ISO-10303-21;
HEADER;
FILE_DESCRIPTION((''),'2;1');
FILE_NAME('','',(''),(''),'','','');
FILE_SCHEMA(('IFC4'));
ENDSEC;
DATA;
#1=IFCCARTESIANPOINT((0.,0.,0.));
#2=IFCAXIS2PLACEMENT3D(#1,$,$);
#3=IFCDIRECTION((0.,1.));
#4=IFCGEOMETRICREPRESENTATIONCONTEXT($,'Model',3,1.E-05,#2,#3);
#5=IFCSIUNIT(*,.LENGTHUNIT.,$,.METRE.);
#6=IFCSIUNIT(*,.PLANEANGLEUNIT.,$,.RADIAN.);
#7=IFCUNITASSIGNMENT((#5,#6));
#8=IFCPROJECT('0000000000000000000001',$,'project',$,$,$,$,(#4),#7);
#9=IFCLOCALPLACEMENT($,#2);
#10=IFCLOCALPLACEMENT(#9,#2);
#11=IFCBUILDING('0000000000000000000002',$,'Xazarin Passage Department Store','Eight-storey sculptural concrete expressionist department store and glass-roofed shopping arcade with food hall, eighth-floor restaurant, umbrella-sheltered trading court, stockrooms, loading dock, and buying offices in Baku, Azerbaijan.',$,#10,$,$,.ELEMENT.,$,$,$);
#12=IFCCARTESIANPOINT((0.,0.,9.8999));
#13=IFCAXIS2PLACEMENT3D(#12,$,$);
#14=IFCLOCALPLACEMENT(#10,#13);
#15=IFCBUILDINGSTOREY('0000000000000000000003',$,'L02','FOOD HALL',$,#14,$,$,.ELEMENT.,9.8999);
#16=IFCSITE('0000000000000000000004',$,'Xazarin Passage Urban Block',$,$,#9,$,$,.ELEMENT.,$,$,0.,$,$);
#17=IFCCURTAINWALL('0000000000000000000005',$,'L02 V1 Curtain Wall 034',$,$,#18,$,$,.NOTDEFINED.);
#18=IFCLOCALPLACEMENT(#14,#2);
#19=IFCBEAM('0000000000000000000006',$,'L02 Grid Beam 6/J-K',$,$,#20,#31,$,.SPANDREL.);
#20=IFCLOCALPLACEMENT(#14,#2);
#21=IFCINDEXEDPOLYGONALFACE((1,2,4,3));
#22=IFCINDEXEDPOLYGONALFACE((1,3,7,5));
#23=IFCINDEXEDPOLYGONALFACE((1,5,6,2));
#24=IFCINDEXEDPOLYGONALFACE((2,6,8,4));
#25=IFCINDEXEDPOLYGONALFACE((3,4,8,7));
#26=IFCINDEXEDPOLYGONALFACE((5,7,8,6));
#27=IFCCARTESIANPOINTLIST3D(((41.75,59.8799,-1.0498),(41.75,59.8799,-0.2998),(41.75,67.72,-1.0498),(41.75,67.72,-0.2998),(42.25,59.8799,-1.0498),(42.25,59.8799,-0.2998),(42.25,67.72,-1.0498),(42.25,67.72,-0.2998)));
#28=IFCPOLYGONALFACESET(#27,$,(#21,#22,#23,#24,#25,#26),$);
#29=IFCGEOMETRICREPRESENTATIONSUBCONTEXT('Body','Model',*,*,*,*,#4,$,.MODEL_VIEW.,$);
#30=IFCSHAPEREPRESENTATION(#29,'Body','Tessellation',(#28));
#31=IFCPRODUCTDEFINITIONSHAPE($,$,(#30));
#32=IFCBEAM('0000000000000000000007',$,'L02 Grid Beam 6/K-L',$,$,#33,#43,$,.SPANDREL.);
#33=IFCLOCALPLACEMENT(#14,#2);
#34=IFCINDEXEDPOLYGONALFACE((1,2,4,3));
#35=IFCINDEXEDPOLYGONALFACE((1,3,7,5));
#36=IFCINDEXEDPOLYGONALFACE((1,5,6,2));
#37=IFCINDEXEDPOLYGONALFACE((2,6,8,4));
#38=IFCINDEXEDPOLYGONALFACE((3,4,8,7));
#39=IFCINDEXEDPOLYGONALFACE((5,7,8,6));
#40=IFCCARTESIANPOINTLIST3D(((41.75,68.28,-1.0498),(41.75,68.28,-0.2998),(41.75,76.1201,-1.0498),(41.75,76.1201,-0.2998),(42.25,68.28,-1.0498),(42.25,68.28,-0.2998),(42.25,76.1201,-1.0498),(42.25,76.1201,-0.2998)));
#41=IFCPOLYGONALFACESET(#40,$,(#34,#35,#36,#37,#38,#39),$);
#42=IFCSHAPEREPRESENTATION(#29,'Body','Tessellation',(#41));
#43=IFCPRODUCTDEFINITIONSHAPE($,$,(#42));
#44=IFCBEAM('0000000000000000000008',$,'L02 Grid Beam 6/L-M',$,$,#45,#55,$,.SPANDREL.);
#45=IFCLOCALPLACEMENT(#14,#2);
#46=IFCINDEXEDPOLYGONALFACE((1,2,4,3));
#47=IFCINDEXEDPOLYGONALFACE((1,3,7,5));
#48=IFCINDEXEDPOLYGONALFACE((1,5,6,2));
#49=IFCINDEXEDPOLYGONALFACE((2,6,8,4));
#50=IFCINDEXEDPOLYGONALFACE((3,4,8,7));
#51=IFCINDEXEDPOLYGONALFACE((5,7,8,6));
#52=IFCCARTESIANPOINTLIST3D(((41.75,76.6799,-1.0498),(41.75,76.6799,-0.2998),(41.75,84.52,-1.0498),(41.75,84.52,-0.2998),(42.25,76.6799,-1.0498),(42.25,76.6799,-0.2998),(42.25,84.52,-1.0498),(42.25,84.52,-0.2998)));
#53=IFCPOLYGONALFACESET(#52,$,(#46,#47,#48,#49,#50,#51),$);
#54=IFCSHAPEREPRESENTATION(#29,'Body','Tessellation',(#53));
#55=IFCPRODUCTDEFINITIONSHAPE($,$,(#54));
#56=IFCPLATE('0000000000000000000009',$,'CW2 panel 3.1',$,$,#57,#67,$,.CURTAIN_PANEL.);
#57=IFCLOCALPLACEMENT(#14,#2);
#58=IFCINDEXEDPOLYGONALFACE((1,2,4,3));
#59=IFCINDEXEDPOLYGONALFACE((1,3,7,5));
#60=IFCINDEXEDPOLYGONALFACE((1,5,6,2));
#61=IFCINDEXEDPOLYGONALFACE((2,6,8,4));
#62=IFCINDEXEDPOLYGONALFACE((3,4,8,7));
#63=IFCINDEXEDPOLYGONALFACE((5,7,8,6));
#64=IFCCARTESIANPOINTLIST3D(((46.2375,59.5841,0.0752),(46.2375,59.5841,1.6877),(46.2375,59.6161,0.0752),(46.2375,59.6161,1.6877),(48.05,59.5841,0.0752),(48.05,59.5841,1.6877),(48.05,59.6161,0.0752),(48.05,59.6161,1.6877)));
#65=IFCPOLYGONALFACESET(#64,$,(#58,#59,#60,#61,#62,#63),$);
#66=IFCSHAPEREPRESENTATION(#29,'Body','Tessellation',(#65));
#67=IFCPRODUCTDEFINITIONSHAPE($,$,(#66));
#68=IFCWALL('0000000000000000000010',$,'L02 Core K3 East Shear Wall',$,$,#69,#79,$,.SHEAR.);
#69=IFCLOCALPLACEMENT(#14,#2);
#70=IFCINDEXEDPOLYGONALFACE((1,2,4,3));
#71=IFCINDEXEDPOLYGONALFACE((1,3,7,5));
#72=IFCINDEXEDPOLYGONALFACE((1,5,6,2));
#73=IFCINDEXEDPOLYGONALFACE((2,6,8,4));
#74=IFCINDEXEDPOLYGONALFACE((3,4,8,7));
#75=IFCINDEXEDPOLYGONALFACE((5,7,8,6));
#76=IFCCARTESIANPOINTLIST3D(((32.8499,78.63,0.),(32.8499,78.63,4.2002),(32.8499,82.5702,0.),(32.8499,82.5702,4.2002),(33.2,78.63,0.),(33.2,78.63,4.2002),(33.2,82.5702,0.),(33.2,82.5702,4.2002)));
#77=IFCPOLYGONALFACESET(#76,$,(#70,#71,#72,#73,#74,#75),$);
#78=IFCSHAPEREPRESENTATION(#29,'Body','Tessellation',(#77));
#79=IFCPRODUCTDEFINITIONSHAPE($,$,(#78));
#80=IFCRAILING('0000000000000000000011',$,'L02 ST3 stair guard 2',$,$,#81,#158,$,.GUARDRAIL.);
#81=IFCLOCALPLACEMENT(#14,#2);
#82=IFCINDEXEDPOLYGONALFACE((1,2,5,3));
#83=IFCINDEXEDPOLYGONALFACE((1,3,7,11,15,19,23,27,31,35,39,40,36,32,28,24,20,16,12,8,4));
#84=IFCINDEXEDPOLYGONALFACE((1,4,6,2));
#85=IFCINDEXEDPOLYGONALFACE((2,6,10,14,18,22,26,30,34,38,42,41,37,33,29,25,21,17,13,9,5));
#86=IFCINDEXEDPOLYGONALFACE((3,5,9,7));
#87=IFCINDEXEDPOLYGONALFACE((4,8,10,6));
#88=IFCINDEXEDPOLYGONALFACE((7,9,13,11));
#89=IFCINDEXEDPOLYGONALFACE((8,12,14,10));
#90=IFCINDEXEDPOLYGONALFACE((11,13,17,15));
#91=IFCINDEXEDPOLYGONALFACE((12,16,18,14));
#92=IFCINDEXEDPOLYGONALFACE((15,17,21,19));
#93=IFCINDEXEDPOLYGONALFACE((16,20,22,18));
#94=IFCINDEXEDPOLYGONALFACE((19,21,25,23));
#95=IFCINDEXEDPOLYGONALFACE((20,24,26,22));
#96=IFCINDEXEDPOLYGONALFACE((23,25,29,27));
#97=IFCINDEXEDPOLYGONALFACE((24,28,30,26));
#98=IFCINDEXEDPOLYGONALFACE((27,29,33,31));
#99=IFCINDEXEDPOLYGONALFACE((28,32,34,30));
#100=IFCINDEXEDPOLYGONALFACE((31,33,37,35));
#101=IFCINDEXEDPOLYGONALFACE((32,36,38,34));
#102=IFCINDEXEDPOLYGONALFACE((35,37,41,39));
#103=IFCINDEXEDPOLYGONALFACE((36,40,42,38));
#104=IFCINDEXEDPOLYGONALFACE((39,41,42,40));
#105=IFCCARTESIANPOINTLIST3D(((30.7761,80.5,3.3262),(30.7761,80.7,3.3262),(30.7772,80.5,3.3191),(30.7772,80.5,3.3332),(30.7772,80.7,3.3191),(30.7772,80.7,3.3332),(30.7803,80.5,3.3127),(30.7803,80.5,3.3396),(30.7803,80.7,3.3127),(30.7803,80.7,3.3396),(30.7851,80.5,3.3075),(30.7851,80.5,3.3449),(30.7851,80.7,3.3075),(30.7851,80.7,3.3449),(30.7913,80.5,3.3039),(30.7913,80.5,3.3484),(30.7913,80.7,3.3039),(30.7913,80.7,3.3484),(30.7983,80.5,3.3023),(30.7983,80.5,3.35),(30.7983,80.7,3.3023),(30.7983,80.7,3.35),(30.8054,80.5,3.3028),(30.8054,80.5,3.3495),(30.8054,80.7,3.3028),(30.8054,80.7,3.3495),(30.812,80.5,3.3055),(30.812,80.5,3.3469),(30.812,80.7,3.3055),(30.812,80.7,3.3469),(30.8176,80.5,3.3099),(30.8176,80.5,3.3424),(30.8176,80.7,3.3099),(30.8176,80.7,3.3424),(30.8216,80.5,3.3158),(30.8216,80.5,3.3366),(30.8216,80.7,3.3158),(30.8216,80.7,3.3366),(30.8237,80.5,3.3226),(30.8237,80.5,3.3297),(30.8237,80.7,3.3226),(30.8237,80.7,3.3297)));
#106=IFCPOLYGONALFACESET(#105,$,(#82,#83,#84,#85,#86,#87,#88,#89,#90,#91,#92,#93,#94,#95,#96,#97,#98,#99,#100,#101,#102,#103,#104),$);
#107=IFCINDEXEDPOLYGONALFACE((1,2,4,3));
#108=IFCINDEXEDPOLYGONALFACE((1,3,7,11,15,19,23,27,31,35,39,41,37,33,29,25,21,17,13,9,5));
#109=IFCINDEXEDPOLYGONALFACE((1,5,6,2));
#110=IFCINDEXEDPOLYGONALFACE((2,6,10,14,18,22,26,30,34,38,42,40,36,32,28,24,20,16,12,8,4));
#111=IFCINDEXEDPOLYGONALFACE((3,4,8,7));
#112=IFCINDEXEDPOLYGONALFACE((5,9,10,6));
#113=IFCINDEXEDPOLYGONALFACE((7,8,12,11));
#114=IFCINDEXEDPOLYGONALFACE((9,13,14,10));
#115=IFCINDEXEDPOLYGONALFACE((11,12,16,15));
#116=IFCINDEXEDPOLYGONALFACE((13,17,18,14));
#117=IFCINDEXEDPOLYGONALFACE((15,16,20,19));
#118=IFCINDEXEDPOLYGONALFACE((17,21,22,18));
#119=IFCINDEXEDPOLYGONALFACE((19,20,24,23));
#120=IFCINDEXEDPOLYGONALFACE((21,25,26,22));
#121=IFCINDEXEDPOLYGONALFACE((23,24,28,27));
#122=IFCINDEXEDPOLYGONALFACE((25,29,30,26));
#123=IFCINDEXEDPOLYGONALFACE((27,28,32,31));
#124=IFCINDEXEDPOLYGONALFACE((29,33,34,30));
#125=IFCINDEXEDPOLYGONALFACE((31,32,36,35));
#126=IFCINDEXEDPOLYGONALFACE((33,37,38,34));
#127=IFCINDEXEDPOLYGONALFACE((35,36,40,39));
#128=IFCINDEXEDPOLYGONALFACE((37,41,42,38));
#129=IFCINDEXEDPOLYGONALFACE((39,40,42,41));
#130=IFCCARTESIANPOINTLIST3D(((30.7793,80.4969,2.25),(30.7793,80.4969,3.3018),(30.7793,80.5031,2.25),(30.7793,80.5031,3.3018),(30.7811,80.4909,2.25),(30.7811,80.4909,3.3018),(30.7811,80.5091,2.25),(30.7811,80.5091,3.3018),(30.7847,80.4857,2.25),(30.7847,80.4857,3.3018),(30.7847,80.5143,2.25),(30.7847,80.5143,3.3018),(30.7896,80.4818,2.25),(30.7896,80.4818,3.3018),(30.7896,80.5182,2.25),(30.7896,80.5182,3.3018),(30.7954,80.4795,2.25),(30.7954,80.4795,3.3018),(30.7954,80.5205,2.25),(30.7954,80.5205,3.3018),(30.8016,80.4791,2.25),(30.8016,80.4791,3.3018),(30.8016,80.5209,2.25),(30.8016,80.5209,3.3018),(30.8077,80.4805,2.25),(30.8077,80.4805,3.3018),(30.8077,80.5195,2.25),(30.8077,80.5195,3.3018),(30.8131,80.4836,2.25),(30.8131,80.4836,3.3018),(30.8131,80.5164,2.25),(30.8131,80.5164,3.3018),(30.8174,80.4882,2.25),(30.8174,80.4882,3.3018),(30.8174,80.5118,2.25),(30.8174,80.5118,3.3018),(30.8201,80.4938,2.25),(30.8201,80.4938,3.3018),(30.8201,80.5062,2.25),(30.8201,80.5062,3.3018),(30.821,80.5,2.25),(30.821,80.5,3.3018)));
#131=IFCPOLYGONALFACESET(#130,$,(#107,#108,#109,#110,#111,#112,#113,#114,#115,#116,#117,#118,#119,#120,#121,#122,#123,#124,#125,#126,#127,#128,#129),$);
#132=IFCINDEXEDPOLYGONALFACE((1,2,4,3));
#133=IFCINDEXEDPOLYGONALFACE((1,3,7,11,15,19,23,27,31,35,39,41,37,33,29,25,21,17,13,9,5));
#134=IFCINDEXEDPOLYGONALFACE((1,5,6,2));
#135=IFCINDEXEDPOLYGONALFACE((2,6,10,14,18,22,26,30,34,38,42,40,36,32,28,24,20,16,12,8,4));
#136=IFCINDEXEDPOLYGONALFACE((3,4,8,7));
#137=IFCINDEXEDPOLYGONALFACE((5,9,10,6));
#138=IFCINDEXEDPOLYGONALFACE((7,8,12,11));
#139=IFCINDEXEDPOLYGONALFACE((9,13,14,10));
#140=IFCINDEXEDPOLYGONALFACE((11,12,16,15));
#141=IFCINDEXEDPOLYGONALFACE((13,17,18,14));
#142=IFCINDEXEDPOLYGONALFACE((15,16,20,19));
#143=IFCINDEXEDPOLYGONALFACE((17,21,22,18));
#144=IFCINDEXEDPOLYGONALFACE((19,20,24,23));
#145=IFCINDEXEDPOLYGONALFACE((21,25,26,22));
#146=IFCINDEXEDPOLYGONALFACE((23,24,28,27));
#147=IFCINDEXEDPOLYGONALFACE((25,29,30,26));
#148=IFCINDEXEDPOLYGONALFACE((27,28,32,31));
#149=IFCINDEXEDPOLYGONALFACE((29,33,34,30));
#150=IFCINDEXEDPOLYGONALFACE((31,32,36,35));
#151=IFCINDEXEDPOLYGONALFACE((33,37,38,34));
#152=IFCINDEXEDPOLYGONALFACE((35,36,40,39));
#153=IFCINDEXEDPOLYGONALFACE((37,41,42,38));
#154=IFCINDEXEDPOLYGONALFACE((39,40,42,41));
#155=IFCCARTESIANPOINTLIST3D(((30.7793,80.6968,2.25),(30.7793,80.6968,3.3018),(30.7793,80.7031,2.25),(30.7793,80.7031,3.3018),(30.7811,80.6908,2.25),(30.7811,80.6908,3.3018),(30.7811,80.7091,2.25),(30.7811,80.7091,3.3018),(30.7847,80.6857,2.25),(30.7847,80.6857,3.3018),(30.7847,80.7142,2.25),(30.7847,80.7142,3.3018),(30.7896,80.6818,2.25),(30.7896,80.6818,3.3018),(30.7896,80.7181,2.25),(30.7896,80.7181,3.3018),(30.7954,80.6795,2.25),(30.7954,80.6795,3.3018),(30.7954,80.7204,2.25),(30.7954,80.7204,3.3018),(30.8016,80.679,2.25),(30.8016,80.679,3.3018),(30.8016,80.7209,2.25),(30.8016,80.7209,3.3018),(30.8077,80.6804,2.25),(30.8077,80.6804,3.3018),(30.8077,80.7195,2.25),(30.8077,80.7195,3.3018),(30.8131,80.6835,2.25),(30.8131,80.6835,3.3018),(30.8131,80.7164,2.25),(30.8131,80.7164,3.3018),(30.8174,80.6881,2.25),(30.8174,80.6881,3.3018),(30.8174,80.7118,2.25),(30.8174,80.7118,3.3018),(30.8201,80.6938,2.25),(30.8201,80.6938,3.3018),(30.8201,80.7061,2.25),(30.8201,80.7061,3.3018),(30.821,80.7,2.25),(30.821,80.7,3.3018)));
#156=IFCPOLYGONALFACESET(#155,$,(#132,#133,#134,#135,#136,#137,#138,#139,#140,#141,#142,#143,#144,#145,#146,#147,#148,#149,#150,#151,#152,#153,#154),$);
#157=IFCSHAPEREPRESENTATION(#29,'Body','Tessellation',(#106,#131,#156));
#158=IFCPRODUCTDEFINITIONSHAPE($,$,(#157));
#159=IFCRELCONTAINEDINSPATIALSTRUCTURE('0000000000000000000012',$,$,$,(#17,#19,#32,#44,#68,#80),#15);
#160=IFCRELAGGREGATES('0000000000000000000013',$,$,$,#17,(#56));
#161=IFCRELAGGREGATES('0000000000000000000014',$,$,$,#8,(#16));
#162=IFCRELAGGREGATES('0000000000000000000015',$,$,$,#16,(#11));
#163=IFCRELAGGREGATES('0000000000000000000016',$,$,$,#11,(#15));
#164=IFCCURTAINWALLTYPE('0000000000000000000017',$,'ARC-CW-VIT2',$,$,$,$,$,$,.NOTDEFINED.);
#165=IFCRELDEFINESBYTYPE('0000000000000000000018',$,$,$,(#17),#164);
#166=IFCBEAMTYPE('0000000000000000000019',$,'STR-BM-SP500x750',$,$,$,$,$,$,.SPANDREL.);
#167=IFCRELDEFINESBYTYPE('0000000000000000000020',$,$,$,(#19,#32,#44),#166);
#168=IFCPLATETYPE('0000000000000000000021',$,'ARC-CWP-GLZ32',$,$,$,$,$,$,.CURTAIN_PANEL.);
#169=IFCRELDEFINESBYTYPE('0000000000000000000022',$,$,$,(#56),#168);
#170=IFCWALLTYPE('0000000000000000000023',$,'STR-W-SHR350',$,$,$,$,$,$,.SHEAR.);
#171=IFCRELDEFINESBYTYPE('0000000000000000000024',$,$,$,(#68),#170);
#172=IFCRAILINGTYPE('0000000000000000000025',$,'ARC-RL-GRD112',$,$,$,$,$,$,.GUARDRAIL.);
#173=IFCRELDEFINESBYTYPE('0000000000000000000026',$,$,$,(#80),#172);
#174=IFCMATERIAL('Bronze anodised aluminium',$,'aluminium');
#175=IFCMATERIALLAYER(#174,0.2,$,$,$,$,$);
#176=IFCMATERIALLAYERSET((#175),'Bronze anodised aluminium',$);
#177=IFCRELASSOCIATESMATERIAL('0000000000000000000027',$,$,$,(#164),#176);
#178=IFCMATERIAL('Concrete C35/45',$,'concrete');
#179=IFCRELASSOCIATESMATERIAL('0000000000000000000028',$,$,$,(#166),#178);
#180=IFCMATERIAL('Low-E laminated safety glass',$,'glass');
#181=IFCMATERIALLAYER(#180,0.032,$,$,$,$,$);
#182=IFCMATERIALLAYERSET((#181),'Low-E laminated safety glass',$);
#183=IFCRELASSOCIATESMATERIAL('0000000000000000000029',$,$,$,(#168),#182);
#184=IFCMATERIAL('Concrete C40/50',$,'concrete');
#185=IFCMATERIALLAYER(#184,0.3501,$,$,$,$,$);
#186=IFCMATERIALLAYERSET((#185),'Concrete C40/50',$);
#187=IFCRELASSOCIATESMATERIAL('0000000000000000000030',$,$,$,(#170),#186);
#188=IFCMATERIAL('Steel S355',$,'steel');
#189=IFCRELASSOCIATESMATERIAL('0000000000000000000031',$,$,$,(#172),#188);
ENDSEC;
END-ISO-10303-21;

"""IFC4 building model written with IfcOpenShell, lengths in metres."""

from ifc_helpers import new_model, si_unit, direction, frame, frame_2d, origin, origin_2d, place, context, subcontext, project, spatial, rectangle, circle, extrude, material, layer, layer_set, material_profile, profile_set, type_object, element, aggregate, save


model = new_model("IFC4")

# Units and contexts
model_context = context("Model", 3, precision=1e-05, world=origin(), true_north=direction((0.0, 1.0)))
body_context = subcontext(model_context, "Body", "Model", "MODEL_VIEW")
ifc_project = project(units=[si_unit("LENGTHUNIT", "METRE"), si_unit("PLANEANGLEUNIT", "RADIAN")], contexts=[model_context])

# Site, building, storey
site_placement = place(None, origin())
site = spatial("IfcSite", under=ifc_project, at=site_placement, Name="Xazarin Passage Urban Block", CompositionType="ELEMENT", RefElevation=0.0)
building_placement = place(site_placement, origin())
building = spatial("IfcBuilding", under=site, at=building_placement, Name="Xazarin Passage Department Store", Description="Eight-storey sculptural concrete expressionist department store and glass-roofed shopping arcade with food hall, eighth-floor restaurant, umbrella-sheltered trading court, stockrooms, loading dock, and buying offices in Baku, Azerbaijan.", CompositionType="ELEMENT")
storey_placement = place(building_placement, frame((0.0, 0.0, 9.8999)))
storey = spatial("IfcBuildingStorey", under=building, at=storey_placement, Name="L02", Description="FOOD HALL", CompositionType="ELEMENT", Elevation=9.8999)

# Shared definitions
ifc_material_1 = material(Name="Concrete C40/50", Category="concrete")

# Curtain wall
ifc_material_2 = material(Name="Bronze anodised aluminium", Category="aluminium")
ifc_layer_1 = layer(ifc_material_2, 0.2)
ifc_layer_set_1 = layer_set([ifc_layer_1], Name="Bronze anodised aluminium")
curtain_wall_type = type_object("IfcCurtainWallType", Name="ARC-CW-VIT2", PredefinedType="NOTDEFINED", material=ifc_layer_set_1)
curtain_wall_placement = place(storey_placement, origin())
curtain_wall = element("IfcCurtainWall", 1, at=curtain_wall_placement, inside=storey, type_object=curtain_wall_type, Name="L02 V1 Curtain Wall 034", PredefinedType="NOTDEFINED")

# Beams
ifc_material_3 = material(Name="Concrete C35/45", Category="concrete")
ifc_material_profile_1 = material_profile(ifc_material_3, rectangle(XDim=0.5, YDim=0.75, at=origin_2d()), Name="RC 500x750")
ifc_profile_set_1 = profile_set([ifc_material_profile_1], Name="Concrete C35/45")
beam_type = type_object("IfcBeamType", Name="STR-BM-SP500x750", PredefinedType="SPANDREL", material=ifc_profile_set_1)
for number, where, z_axis, x_axis, name in (
    (2, (42.0, 59.8799, -0.6748), (0.0, 1.0, 0.0), (-1.0, 0.0, 0.0), "L02 Grid Beam 6/J-K"),
    (3, (42.0, 68.28, -0.6748), (0.0, 1.0, 0.0), (-1.0, 0.0, 0.0), "L02 Grid Beam 6/K-L"),
    (4, (42.0, 76.6799, -0.6748), (0.0, 1.0, 0.0), (-1.0, 0.0, 0.0), "L02 Grid Beam 6/L-M"),
):
    element("IfcBeam", number, at=place(storey_placement, frame(where, z_axis=z_axis, x_axis=x_axis)), inside=storey, type_object=beam_type, Name=name, PredefinedType="SPANDREL", context=body_context, shape_type="SweptSolid", body=[
        extrude(rectangle(XDim=0.5, YDim=0.75, at=origin_2d()), origin(), (0.0, 0.0, 1.0), 7.8401),
    ])

# Plate
ifc_material_4 = material(Name="Low-E laminated safety glass", Category="glass")
ifc_layer_2 = layer(ifc_material_4, 0.032)
ifc_layer_set_2 = layer_set([ifc_layer_2], Name="Low-E laminated safety glass")
plate_type = type_object("IfcPlateType", Name="ARC-CWP-GLZ32", PredefinedType="CURTAIN_PANEL", material=ifc_layer_set_2)
plate_placement = place(storey_placement, frame((47.1438, 59.6001, 0.0752), z_axis=(0.0, 0.0, 1.0), x_axis=(1.0, 0.0, 0.0)))
plate = element("IfcPlate", 5, at=plate_placement, type_object=plate_type, Name="CW2 panel 3.1", PredefinedType="CURTAIN_PANEL", context=body_context, shape_type="SweptSolid", body=[
    extrude(rectangle(XDim=1.8125, YDim=0.032, at=origin_2d()), origin(), (0.0, 0.0, 1.0), 1.6125),
])
aggregate(curtain_wall, [plate])

# Wall
ifc_layer_3 = layer(ifc_material_1, 0.3501)
ifc_layer_set_3 = layer_set([ifc_layer_3], Name="Concrete C40/50")
wall_type = type_object("IfcWallType", Name="STR-W-SHR350", PredefinedType="SHEAR", material=ifc_layer_set_3)
wall_placement = place(storey_placement, frame((33.0249, 78.6299, 0.0), z_axis=(0.0, 0.0, 1.0), x_axis=(0.0, 1.0, 0.0)))
element("IfcWall", 6, at=wall_placement, inside=storey, type_object=wall_type, Name="L02 Core K3 East Shear Wall", PredefinedType="SHEAR", context=body_context, shape_type="SweptSolid", body=[
    extrude(rectangle(XDim=3.9402, YDim=0.3501, at=frame_2d((1.9702, 0.0))), origin(), (0.0, 0.0, 1.0), 4.2002),
])

# Railing
ifc_material_5 = material(Name="Steel S355", Category="steel")
railing_type = type_object("IfcRailingType", Name="ARC-RL-GRD112", PredefinedType="GUARDRAIL", material=ifc_material_5)
railing_placement = place(storey_placement, frame((30.8, 80.5, 2.25)))
element("IfcRailing", 7, at=railing_placement, inside=storey, type_object=railing_type, Name="L02 ST3 stair guard 2", PredefinedType="GUARDRAIL", context=body_context, shape_type="SweptSolid", body=[
    extrude(circle(Radius=0.0239, at=origin_2d()), frame((0.0, 0.0, 1.0762), z_axis=(0.0, 1.0, 0.0), x_axis=(-1.0, 0.0, 0.0)), (0.0, 0.0, 1.0), 0.2),
    extrude(circle(Radius=0.021, at=origin_2d()), origin(), (0.0, 0.0, 1.0), 1.0518),
    extrude(circle(Radius=0.021, at=origin_2d()), frame((0.0, 0.2, 0.0)), (0.0, 0.0, 1.0), 1.0518),
])

save(model, "model.ifc")
